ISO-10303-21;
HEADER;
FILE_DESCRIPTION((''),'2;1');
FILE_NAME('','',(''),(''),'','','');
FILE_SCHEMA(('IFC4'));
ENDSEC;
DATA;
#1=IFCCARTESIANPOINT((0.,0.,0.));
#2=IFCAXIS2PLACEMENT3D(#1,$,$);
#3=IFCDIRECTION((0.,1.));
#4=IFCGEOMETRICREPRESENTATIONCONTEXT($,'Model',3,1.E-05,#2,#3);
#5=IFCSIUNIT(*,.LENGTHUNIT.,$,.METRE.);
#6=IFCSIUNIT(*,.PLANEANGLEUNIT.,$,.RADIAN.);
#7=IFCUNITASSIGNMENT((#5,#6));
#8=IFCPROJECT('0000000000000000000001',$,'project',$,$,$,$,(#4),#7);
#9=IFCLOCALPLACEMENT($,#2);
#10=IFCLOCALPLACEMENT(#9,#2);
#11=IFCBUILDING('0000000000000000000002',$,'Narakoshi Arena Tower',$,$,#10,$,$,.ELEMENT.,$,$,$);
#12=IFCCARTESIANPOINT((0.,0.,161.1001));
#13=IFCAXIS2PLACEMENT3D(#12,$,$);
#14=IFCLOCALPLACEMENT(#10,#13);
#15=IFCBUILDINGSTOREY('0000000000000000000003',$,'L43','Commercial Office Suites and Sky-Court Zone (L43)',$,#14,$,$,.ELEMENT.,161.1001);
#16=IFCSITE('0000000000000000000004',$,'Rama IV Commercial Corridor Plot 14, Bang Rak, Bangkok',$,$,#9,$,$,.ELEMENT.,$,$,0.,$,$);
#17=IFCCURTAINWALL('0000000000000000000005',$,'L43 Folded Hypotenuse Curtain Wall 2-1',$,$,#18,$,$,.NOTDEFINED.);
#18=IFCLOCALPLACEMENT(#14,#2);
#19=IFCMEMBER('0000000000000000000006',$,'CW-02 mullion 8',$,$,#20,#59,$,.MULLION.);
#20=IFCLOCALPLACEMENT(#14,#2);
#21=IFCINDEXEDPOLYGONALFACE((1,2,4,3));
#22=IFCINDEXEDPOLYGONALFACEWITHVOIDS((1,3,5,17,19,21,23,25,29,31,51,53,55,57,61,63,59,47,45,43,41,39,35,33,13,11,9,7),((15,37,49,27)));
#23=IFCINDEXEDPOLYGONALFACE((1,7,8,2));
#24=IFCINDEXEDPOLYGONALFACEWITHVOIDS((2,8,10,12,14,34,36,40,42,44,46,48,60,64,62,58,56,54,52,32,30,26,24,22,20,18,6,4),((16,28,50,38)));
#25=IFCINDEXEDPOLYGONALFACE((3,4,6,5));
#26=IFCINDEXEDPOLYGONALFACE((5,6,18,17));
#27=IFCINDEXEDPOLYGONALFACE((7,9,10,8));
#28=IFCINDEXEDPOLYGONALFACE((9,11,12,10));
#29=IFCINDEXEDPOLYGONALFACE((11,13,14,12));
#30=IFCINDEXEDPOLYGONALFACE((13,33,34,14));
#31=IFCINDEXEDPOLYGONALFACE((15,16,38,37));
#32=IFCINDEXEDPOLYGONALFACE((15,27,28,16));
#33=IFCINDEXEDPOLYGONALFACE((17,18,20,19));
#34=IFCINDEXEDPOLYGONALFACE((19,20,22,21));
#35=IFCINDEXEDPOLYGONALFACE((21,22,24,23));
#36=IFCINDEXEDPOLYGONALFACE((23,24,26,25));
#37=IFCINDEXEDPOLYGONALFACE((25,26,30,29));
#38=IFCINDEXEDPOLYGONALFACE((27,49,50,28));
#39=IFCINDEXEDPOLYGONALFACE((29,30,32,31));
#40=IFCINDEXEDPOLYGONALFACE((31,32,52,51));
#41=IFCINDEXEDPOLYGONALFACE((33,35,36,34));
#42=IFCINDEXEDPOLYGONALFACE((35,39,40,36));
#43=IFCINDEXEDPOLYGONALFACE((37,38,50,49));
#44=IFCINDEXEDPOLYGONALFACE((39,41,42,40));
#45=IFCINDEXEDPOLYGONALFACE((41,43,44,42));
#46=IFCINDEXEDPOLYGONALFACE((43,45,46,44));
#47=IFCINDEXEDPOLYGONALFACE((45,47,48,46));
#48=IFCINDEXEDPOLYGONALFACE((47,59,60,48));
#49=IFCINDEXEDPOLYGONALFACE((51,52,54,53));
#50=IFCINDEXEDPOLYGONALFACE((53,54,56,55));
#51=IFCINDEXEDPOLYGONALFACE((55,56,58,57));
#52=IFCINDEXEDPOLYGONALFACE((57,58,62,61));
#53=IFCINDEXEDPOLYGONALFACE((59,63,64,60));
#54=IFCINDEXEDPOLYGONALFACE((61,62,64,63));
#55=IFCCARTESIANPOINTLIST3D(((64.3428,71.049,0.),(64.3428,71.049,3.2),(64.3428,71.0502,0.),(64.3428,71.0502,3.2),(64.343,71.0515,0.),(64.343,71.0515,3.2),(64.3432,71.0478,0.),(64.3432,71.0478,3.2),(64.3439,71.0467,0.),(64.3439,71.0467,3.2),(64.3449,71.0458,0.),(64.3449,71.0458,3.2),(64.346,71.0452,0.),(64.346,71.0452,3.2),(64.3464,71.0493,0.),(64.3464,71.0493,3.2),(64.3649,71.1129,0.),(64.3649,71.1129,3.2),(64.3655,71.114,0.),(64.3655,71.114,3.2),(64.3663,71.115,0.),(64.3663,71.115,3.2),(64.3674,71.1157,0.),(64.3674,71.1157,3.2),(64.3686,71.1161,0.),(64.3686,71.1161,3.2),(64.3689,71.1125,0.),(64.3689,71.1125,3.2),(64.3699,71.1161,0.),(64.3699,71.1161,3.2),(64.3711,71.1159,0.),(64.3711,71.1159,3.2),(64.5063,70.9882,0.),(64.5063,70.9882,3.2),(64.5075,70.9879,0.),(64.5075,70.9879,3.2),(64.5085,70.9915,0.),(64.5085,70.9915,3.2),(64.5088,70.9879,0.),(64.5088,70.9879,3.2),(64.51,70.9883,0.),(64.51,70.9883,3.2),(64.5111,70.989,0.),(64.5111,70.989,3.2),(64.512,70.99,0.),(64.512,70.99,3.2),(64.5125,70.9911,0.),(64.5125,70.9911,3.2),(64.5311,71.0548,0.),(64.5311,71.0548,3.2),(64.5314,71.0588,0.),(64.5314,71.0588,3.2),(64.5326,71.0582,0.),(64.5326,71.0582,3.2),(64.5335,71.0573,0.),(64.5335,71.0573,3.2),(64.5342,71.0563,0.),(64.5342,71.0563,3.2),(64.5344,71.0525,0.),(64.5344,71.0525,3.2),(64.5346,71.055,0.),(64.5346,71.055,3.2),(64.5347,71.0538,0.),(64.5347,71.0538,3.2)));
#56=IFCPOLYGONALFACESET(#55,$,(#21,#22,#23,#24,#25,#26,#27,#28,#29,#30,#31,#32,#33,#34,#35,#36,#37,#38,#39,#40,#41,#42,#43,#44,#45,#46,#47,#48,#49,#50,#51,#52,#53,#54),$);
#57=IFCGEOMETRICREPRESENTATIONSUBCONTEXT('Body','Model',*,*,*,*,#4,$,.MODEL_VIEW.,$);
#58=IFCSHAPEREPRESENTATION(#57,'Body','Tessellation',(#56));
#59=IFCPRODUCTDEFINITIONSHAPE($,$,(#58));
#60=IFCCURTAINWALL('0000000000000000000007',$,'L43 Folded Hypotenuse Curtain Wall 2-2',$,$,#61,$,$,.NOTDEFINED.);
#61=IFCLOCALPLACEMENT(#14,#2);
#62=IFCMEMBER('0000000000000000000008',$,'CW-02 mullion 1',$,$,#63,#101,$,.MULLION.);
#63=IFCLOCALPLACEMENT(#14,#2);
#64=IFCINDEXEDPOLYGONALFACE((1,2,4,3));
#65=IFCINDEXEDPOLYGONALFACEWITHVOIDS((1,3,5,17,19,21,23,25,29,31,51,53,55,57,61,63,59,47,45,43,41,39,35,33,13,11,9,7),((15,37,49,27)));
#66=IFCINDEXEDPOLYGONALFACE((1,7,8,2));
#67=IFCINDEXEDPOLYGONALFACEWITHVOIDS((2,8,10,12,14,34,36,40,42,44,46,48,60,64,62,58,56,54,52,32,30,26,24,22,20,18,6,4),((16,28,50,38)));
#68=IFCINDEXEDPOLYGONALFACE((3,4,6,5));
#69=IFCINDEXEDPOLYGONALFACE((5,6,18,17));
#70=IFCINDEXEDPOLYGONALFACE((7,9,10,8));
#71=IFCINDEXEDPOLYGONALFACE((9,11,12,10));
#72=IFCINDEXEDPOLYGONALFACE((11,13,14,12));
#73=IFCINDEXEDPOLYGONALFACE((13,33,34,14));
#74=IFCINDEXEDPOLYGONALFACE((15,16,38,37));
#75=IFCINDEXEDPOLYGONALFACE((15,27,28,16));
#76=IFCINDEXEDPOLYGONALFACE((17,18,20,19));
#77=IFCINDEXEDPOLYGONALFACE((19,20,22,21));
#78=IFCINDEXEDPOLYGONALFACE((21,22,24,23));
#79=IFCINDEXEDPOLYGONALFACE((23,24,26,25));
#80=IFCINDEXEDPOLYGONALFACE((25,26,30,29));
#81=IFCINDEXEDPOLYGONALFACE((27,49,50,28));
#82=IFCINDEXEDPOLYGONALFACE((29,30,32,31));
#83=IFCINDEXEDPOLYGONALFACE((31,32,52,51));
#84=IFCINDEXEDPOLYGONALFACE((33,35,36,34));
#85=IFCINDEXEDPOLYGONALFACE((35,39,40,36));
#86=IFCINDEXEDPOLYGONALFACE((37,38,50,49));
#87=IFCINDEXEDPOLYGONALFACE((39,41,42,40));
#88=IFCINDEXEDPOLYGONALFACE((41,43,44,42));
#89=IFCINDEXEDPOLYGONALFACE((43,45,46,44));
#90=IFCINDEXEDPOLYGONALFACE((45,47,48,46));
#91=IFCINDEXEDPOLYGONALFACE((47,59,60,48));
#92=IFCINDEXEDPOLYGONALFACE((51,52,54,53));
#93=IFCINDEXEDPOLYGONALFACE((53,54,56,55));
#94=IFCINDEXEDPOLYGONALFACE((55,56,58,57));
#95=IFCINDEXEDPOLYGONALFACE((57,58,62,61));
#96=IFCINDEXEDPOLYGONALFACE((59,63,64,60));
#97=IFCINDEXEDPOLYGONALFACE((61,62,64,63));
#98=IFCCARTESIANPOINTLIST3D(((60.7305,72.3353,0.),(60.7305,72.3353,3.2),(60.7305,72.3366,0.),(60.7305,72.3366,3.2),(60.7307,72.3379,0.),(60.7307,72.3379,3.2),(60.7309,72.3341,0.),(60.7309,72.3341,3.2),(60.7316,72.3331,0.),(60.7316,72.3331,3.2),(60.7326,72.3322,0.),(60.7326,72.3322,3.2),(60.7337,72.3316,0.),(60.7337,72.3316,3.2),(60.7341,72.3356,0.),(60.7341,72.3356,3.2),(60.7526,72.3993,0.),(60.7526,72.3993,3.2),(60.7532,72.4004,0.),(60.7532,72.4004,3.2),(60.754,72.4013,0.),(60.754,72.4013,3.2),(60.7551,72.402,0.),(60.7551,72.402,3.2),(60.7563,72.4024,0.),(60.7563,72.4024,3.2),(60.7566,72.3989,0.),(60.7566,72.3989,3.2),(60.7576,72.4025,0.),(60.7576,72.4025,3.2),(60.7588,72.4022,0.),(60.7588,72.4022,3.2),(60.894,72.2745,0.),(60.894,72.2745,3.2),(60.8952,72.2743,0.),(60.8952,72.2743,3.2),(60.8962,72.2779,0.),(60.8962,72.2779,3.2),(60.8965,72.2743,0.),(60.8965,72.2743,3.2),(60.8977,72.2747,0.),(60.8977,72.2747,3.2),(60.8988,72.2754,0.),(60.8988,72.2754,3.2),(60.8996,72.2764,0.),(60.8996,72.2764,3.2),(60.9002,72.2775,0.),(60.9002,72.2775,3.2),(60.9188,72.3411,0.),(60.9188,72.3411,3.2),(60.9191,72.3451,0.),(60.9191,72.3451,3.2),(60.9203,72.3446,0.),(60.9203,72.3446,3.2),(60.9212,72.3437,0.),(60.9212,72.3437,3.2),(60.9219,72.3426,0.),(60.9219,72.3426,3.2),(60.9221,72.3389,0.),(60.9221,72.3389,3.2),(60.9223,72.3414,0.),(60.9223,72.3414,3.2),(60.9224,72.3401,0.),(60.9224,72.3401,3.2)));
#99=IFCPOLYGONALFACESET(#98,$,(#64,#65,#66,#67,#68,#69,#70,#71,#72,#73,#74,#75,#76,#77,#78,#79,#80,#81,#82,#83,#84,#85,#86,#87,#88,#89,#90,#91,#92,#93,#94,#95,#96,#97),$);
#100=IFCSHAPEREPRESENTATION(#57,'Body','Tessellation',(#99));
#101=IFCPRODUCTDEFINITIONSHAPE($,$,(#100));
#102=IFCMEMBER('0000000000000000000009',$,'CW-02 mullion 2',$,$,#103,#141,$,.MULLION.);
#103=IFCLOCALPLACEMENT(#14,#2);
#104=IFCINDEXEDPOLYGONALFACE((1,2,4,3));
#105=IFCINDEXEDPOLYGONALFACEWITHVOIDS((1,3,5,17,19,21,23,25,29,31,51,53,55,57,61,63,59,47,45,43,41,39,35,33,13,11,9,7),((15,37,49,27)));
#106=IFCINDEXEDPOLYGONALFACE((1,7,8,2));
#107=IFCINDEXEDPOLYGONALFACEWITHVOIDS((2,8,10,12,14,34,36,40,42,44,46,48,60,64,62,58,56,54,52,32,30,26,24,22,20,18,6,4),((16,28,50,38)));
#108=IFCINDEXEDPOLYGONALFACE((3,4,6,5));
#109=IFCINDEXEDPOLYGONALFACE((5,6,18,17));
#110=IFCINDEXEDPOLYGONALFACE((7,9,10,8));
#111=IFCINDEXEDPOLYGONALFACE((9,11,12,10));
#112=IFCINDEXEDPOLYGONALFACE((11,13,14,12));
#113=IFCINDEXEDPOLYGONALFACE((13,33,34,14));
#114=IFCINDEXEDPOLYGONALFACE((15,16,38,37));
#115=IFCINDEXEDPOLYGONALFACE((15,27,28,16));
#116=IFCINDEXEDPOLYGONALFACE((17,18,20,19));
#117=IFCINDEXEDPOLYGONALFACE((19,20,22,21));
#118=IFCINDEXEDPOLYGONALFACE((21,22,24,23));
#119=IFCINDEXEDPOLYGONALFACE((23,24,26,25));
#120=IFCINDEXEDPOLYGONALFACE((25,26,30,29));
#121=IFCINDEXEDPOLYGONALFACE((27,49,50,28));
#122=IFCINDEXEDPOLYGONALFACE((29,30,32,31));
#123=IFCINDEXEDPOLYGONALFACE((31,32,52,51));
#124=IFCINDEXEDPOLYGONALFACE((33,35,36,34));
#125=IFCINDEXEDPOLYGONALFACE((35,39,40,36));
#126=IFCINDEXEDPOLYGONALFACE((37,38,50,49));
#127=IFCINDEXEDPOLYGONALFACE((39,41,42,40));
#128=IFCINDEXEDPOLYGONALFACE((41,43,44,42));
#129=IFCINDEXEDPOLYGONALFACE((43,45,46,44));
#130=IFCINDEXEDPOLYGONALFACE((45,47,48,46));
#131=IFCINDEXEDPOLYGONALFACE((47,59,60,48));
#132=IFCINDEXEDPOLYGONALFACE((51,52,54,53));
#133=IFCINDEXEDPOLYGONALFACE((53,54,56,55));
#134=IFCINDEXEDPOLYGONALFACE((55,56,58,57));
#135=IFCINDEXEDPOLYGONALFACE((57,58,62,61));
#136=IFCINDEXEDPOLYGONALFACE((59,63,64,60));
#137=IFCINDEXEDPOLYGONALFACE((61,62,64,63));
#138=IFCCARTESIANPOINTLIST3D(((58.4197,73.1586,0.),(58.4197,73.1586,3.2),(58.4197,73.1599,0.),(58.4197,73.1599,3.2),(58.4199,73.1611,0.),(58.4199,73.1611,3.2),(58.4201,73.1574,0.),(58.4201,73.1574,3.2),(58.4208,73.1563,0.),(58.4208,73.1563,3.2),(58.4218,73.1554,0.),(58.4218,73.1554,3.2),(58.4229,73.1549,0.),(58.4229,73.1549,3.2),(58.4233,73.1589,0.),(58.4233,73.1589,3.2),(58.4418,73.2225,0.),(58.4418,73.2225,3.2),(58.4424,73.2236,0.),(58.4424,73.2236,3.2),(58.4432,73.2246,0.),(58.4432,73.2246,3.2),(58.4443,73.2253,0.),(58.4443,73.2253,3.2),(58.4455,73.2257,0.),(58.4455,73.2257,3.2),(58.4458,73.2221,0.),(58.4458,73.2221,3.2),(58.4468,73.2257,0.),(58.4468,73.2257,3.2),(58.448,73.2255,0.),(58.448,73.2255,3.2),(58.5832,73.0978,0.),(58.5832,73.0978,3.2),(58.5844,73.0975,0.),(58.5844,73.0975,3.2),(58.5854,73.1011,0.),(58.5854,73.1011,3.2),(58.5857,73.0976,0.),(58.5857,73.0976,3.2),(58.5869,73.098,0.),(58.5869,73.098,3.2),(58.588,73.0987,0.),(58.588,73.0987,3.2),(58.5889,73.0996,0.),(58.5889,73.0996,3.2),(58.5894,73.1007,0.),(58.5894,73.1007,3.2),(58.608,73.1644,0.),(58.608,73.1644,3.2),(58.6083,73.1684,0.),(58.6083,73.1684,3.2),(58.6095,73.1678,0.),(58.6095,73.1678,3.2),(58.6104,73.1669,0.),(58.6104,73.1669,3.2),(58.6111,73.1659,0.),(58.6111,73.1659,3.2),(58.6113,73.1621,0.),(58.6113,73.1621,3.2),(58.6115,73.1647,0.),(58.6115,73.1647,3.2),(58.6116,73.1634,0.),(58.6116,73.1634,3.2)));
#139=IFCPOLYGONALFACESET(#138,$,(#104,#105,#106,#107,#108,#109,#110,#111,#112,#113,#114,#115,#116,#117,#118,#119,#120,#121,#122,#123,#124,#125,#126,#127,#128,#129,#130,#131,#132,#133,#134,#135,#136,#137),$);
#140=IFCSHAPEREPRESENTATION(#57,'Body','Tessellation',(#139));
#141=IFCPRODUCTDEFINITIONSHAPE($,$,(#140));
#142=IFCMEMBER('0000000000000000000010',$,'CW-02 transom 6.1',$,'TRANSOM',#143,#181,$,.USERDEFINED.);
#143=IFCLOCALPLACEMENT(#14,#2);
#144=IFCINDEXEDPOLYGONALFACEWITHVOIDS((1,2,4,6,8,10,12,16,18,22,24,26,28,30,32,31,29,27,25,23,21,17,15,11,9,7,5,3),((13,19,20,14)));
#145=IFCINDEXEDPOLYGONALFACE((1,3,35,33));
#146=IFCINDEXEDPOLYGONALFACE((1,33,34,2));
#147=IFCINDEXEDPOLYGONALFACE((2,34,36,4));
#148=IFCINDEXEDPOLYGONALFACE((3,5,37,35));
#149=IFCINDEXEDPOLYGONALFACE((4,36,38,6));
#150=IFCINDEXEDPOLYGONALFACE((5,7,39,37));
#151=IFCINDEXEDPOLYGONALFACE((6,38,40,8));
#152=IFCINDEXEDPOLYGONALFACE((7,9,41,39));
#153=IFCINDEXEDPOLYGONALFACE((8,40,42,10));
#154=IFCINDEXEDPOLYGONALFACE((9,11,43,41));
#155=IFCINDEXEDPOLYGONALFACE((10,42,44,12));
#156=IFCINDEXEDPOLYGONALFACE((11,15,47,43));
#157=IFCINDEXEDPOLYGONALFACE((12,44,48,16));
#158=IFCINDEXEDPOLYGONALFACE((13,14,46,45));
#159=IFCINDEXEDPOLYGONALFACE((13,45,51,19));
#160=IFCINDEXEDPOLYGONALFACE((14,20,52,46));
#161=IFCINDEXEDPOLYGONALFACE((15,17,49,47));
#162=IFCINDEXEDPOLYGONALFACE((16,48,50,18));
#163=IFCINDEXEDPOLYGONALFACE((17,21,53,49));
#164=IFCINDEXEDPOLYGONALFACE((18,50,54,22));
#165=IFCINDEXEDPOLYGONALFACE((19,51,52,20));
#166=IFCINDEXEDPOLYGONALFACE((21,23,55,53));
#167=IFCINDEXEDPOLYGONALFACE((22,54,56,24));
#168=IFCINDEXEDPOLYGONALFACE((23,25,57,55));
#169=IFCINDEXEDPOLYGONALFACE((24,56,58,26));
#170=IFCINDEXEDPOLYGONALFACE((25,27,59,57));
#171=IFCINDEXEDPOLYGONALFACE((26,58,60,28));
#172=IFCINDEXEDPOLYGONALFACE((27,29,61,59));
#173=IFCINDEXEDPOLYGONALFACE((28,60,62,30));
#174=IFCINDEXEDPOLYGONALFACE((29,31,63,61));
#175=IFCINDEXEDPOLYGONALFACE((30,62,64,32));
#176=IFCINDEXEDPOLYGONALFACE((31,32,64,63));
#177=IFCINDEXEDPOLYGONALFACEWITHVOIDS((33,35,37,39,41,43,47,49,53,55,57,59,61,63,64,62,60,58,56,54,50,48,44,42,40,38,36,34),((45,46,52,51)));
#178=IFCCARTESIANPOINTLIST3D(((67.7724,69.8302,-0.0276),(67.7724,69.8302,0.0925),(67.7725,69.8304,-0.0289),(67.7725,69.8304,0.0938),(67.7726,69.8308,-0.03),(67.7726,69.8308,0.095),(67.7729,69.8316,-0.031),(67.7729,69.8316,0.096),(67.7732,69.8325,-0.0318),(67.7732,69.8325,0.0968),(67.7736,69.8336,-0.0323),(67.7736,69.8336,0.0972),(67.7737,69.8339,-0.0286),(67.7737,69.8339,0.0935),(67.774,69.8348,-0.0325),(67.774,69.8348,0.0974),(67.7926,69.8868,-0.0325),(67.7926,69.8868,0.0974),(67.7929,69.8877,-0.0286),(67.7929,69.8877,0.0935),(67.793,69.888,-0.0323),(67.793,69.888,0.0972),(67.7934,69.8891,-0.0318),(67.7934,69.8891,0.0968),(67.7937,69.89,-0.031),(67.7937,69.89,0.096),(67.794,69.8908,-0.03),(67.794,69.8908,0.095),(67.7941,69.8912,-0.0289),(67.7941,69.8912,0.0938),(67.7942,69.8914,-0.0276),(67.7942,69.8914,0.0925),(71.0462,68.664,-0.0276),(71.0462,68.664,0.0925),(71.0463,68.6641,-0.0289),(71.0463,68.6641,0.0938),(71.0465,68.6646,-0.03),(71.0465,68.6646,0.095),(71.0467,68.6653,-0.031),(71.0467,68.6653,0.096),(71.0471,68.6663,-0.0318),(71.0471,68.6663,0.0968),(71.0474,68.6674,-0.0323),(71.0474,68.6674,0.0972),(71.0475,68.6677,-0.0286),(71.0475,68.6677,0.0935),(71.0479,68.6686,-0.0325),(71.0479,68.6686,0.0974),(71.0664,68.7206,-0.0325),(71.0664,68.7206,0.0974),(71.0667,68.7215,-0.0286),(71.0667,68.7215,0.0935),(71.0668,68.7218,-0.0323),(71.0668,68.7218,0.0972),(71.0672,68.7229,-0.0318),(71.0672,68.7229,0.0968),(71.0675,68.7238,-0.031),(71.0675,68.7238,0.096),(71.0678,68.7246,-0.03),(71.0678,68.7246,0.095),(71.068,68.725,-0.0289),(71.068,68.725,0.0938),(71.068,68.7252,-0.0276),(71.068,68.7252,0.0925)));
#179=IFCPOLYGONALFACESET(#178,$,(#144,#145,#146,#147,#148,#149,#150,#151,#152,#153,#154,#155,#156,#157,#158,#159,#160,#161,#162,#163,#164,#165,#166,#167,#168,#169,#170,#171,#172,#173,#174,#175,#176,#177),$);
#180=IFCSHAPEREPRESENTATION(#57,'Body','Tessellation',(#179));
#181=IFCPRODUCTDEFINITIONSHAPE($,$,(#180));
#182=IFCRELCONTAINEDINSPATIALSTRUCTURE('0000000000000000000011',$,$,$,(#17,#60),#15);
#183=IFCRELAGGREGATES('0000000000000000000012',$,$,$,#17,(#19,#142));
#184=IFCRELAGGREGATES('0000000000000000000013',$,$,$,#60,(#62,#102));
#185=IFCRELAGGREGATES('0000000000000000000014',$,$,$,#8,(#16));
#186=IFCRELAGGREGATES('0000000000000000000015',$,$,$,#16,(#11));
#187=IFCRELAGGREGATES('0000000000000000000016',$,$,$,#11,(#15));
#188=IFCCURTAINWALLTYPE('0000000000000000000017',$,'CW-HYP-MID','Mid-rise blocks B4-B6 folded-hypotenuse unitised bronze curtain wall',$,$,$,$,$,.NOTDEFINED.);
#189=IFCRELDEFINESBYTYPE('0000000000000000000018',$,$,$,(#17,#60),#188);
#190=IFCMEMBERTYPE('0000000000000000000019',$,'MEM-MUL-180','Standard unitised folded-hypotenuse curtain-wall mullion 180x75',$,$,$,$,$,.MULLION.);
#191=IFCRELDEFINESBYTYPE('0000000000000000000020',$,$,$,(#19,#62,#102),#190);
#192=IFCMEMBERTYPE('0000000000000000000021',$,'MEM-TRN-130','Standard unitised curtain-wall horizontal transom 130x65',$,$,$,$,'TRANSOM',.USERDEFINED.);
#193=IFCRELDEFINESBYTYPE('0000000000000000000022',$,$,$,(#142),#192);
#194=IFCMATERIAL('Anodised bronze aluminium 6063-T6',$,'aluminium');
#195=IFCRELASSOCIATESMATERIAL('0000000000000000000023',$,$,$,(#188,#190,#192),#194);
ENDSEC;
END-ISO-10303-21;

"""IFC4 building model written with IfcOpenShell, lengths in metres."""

from ifc_helpers import new_model, si_unit, direction, frame, origin, origin_2d, place, context, subcontext, project, spatial, hollow_rectangle, extrude, material, material_profile, profile_set, type_object, element, aggregate, save


model = new_model("IFC4")

# Units and contexts
model_context = context("Model", 3, precision=1e-05, world=origin(), true_north=direction((0.0, 1.0)))
body_context = subcontext(model_context, "Body", "Model", "MODEL_VIEW")
ifc_project = project(units=[si_unit("LENGTHUNIT", "METRE"), si_unit("PLANEANGLEUNIT", "RADIAN")], contexts=[model_context])

# Site, building, storey
site_placement = place(None, origin())
site = spatial("IfcSite", under=ifc_project, at=site_placement, Name="Rama IV Commercial Corridor Plot 14, Bang Rak, Bangkok", CompositionType="ELEMENT", RefElevation=0.0)
building_placement = place(site_placement, origin())
building = spatial("IfcBuilding", under=site, at=building_placement, Name="Narakoshi Arena Tower", CompositionType="ELEMENT")
storey_placement = place(building_placement, frame((0.0, 0.0, 161.1001)))
storey = spatial("IfcBuildingStorey", under=building, at=storey_placement, Name="L43", Description="Commercial Office Suites and Sky-Court Zone (L43)", CompositionType="ELEMENT", Elevation=161.1001)

# Curtain walls, members
ifc_material_1 = material(Name="Anodised bronze aluminium 6063-T6", Category="aluminium")
curtain_wall_type = type_object("IfcCurtainWallType", Name="CW-HYP-MID", Description="Mid-rise blocks B4-B6 folded-hypotenuse unitised bronze curtain wall", PredefinedType="NOTDEFINED", material=ifc_material_1)
curtain_wall_1_placement = place(storey_placement, origin())
curtain_wall_1 = element("IfcCurtainWall", 1, at=curtain_wall_1_placement, inside=storey, type_object=curtain_wall_type, Name="L43 Folded Hypotenuse Curtain Wall 2-1", PredefinedType="NOTDEFINED")
ifc_material_profile_1 = material_profile(ifc_material_1, hollow_rectangle(XDim=0.075, YDim=0.1799, WallThickness=0.0039, OuterFilletRadius=0.0049, at=origin_2d()), Name="MUL180x75x4")
ifc_profile_set_1 = profile_set([ifc_material_profile_1], Name="Anodised bronze aluminium 6063-T6")
member_type_1 = type_object("IfcMemberType", Name="MEM-MUL-180", Description="Standard unitised folded-hypotenuse curtain-wall mullion 180x75", PredefinedType="MULLION", material=ifc_profile_set_1)
member_1_placement = place(storey_placement, frame((64.4387, 71.052, 0.0), z_axis=(0.0, 0.0, 1.0), x_axis=(-0.335518, -0.942034, 0.0)))
member_1 = element("IfcMember", 2, at=member_1_placement, type_object=member_type_1, Name="CW-02 mullion 8", PredefinedType="MULLION", context=body_context, shape_type="SweptSolid", body=[
    extrude(hollow_rectangle(XDim=0.075, YDim=0.1799, WallThickness=0.0039, OuterFilletRadius=0.0049, at=origin_2d()), origin(), (0.0, 0.0, 1.0), 3.2),
])
curtain_wall_2_placement = place(storey_placement, origin())
curtain_wall_2 = element("IfcCurtainWall", 3, at=curtain_wall_2_placement, inside=storey, type_object=curtain_wall_type, Name="L43 Folded Hypotenuse Curtain Wall 2-2", PredefinedType="NOTDEFINED")
member_2_placement = place(storey_placement, frame((60.8264, 72.3384, 0.0), z_axis=(0.0, 0.0, 1.0), x_axis=(-0.335542, -0.942025, 0.0)))
member_2 = element("IfcMember", 4, at=member_2_placement, type_object=member_type_1, Name="CW-02 mullion 1", PredefinedType="MULLION", context=body_context, shape_type="SweptSolid", body=[
    extrude(hollow_rectangle(XDim=0.075, YDim=0.1799, WallThickness=0.0039, OuterFilletRadius=0.0049, at=origin_2d()), origin(), (0.0, 0.0, 1.0), 3.2),
])
member_3_placement = place(storey_placement, frame((58.5156, 73.1616, 0.0), z_axis=(0.0, 0.0, 1.0), x_axis=(-0.335542, -0.942025, 0.0)))
member_3 = element("IfcMember", 5, at=member_3_placement, type_object=member_type_1, Name="CW-02 mullion 2", PredefinedType="MULLION", context=body_context, shape_type="SweptSolid", body=[
    extrude(hollow_rectangle(XDim=0.075, YDim=0.1799, WallThickness=0.0039, OuterFilletRadius=0.0049, at=origin_2d()), origin(), (0.0, 0.0, 1.0), 3.2),
])

# Member
ifc_material_profile_2 = material_profile(ifc_material_1, hollow_rectangle(XDim=0.0649, YDim=0.1299, WallThickness=0.0039, OuterFilletRadius=0.0049, at=origin_2d()), Name="TRN130x65x4")
ifc_profile_set_2 = profile_set([ifc_material_profile_2], Name="Anodised bronze aluminium 6063-T6")
member_type_2 = type_object("IfcMemberType", Name="MEM-TRN-130", Description="Standard unitised curtain-wall horizontal transom 130x65", ElementType="TRANSOM", PredefinedType="USERDEFINED", material=ifc_profile_set_2)
member_4_placement = place(storey_placement, frame((71.0571, 68.6946, 0.0325), z_axis=(-0.942015, 0.335571, 0.0), x_axis=(-0.335571, -0.942015, 0.0)))
member_4 = element("IfcMember", 6, at=member_4_placement, type_object=member_type_2, Name="CW-02 transom 6.1", ObjectType="TRANSOM", PredefinedType="USERDEFINED", context=body_context, shape_type="SweptSolid", body=[
    extrude(hollow_rectangle(XDim=0.0649, YDim=0.1299, WallThickness=0.0039, OuterFilletRadius=0.0049, at=origin_2d()), origin(), (0.0, 0.0, 1.0), 3.4753),
])

aggregate(curtain_wall_1, [member_1, member_4])
aggregate(curtain_wall_2, [member_2, member_3])

save(model, "model.ifc")
